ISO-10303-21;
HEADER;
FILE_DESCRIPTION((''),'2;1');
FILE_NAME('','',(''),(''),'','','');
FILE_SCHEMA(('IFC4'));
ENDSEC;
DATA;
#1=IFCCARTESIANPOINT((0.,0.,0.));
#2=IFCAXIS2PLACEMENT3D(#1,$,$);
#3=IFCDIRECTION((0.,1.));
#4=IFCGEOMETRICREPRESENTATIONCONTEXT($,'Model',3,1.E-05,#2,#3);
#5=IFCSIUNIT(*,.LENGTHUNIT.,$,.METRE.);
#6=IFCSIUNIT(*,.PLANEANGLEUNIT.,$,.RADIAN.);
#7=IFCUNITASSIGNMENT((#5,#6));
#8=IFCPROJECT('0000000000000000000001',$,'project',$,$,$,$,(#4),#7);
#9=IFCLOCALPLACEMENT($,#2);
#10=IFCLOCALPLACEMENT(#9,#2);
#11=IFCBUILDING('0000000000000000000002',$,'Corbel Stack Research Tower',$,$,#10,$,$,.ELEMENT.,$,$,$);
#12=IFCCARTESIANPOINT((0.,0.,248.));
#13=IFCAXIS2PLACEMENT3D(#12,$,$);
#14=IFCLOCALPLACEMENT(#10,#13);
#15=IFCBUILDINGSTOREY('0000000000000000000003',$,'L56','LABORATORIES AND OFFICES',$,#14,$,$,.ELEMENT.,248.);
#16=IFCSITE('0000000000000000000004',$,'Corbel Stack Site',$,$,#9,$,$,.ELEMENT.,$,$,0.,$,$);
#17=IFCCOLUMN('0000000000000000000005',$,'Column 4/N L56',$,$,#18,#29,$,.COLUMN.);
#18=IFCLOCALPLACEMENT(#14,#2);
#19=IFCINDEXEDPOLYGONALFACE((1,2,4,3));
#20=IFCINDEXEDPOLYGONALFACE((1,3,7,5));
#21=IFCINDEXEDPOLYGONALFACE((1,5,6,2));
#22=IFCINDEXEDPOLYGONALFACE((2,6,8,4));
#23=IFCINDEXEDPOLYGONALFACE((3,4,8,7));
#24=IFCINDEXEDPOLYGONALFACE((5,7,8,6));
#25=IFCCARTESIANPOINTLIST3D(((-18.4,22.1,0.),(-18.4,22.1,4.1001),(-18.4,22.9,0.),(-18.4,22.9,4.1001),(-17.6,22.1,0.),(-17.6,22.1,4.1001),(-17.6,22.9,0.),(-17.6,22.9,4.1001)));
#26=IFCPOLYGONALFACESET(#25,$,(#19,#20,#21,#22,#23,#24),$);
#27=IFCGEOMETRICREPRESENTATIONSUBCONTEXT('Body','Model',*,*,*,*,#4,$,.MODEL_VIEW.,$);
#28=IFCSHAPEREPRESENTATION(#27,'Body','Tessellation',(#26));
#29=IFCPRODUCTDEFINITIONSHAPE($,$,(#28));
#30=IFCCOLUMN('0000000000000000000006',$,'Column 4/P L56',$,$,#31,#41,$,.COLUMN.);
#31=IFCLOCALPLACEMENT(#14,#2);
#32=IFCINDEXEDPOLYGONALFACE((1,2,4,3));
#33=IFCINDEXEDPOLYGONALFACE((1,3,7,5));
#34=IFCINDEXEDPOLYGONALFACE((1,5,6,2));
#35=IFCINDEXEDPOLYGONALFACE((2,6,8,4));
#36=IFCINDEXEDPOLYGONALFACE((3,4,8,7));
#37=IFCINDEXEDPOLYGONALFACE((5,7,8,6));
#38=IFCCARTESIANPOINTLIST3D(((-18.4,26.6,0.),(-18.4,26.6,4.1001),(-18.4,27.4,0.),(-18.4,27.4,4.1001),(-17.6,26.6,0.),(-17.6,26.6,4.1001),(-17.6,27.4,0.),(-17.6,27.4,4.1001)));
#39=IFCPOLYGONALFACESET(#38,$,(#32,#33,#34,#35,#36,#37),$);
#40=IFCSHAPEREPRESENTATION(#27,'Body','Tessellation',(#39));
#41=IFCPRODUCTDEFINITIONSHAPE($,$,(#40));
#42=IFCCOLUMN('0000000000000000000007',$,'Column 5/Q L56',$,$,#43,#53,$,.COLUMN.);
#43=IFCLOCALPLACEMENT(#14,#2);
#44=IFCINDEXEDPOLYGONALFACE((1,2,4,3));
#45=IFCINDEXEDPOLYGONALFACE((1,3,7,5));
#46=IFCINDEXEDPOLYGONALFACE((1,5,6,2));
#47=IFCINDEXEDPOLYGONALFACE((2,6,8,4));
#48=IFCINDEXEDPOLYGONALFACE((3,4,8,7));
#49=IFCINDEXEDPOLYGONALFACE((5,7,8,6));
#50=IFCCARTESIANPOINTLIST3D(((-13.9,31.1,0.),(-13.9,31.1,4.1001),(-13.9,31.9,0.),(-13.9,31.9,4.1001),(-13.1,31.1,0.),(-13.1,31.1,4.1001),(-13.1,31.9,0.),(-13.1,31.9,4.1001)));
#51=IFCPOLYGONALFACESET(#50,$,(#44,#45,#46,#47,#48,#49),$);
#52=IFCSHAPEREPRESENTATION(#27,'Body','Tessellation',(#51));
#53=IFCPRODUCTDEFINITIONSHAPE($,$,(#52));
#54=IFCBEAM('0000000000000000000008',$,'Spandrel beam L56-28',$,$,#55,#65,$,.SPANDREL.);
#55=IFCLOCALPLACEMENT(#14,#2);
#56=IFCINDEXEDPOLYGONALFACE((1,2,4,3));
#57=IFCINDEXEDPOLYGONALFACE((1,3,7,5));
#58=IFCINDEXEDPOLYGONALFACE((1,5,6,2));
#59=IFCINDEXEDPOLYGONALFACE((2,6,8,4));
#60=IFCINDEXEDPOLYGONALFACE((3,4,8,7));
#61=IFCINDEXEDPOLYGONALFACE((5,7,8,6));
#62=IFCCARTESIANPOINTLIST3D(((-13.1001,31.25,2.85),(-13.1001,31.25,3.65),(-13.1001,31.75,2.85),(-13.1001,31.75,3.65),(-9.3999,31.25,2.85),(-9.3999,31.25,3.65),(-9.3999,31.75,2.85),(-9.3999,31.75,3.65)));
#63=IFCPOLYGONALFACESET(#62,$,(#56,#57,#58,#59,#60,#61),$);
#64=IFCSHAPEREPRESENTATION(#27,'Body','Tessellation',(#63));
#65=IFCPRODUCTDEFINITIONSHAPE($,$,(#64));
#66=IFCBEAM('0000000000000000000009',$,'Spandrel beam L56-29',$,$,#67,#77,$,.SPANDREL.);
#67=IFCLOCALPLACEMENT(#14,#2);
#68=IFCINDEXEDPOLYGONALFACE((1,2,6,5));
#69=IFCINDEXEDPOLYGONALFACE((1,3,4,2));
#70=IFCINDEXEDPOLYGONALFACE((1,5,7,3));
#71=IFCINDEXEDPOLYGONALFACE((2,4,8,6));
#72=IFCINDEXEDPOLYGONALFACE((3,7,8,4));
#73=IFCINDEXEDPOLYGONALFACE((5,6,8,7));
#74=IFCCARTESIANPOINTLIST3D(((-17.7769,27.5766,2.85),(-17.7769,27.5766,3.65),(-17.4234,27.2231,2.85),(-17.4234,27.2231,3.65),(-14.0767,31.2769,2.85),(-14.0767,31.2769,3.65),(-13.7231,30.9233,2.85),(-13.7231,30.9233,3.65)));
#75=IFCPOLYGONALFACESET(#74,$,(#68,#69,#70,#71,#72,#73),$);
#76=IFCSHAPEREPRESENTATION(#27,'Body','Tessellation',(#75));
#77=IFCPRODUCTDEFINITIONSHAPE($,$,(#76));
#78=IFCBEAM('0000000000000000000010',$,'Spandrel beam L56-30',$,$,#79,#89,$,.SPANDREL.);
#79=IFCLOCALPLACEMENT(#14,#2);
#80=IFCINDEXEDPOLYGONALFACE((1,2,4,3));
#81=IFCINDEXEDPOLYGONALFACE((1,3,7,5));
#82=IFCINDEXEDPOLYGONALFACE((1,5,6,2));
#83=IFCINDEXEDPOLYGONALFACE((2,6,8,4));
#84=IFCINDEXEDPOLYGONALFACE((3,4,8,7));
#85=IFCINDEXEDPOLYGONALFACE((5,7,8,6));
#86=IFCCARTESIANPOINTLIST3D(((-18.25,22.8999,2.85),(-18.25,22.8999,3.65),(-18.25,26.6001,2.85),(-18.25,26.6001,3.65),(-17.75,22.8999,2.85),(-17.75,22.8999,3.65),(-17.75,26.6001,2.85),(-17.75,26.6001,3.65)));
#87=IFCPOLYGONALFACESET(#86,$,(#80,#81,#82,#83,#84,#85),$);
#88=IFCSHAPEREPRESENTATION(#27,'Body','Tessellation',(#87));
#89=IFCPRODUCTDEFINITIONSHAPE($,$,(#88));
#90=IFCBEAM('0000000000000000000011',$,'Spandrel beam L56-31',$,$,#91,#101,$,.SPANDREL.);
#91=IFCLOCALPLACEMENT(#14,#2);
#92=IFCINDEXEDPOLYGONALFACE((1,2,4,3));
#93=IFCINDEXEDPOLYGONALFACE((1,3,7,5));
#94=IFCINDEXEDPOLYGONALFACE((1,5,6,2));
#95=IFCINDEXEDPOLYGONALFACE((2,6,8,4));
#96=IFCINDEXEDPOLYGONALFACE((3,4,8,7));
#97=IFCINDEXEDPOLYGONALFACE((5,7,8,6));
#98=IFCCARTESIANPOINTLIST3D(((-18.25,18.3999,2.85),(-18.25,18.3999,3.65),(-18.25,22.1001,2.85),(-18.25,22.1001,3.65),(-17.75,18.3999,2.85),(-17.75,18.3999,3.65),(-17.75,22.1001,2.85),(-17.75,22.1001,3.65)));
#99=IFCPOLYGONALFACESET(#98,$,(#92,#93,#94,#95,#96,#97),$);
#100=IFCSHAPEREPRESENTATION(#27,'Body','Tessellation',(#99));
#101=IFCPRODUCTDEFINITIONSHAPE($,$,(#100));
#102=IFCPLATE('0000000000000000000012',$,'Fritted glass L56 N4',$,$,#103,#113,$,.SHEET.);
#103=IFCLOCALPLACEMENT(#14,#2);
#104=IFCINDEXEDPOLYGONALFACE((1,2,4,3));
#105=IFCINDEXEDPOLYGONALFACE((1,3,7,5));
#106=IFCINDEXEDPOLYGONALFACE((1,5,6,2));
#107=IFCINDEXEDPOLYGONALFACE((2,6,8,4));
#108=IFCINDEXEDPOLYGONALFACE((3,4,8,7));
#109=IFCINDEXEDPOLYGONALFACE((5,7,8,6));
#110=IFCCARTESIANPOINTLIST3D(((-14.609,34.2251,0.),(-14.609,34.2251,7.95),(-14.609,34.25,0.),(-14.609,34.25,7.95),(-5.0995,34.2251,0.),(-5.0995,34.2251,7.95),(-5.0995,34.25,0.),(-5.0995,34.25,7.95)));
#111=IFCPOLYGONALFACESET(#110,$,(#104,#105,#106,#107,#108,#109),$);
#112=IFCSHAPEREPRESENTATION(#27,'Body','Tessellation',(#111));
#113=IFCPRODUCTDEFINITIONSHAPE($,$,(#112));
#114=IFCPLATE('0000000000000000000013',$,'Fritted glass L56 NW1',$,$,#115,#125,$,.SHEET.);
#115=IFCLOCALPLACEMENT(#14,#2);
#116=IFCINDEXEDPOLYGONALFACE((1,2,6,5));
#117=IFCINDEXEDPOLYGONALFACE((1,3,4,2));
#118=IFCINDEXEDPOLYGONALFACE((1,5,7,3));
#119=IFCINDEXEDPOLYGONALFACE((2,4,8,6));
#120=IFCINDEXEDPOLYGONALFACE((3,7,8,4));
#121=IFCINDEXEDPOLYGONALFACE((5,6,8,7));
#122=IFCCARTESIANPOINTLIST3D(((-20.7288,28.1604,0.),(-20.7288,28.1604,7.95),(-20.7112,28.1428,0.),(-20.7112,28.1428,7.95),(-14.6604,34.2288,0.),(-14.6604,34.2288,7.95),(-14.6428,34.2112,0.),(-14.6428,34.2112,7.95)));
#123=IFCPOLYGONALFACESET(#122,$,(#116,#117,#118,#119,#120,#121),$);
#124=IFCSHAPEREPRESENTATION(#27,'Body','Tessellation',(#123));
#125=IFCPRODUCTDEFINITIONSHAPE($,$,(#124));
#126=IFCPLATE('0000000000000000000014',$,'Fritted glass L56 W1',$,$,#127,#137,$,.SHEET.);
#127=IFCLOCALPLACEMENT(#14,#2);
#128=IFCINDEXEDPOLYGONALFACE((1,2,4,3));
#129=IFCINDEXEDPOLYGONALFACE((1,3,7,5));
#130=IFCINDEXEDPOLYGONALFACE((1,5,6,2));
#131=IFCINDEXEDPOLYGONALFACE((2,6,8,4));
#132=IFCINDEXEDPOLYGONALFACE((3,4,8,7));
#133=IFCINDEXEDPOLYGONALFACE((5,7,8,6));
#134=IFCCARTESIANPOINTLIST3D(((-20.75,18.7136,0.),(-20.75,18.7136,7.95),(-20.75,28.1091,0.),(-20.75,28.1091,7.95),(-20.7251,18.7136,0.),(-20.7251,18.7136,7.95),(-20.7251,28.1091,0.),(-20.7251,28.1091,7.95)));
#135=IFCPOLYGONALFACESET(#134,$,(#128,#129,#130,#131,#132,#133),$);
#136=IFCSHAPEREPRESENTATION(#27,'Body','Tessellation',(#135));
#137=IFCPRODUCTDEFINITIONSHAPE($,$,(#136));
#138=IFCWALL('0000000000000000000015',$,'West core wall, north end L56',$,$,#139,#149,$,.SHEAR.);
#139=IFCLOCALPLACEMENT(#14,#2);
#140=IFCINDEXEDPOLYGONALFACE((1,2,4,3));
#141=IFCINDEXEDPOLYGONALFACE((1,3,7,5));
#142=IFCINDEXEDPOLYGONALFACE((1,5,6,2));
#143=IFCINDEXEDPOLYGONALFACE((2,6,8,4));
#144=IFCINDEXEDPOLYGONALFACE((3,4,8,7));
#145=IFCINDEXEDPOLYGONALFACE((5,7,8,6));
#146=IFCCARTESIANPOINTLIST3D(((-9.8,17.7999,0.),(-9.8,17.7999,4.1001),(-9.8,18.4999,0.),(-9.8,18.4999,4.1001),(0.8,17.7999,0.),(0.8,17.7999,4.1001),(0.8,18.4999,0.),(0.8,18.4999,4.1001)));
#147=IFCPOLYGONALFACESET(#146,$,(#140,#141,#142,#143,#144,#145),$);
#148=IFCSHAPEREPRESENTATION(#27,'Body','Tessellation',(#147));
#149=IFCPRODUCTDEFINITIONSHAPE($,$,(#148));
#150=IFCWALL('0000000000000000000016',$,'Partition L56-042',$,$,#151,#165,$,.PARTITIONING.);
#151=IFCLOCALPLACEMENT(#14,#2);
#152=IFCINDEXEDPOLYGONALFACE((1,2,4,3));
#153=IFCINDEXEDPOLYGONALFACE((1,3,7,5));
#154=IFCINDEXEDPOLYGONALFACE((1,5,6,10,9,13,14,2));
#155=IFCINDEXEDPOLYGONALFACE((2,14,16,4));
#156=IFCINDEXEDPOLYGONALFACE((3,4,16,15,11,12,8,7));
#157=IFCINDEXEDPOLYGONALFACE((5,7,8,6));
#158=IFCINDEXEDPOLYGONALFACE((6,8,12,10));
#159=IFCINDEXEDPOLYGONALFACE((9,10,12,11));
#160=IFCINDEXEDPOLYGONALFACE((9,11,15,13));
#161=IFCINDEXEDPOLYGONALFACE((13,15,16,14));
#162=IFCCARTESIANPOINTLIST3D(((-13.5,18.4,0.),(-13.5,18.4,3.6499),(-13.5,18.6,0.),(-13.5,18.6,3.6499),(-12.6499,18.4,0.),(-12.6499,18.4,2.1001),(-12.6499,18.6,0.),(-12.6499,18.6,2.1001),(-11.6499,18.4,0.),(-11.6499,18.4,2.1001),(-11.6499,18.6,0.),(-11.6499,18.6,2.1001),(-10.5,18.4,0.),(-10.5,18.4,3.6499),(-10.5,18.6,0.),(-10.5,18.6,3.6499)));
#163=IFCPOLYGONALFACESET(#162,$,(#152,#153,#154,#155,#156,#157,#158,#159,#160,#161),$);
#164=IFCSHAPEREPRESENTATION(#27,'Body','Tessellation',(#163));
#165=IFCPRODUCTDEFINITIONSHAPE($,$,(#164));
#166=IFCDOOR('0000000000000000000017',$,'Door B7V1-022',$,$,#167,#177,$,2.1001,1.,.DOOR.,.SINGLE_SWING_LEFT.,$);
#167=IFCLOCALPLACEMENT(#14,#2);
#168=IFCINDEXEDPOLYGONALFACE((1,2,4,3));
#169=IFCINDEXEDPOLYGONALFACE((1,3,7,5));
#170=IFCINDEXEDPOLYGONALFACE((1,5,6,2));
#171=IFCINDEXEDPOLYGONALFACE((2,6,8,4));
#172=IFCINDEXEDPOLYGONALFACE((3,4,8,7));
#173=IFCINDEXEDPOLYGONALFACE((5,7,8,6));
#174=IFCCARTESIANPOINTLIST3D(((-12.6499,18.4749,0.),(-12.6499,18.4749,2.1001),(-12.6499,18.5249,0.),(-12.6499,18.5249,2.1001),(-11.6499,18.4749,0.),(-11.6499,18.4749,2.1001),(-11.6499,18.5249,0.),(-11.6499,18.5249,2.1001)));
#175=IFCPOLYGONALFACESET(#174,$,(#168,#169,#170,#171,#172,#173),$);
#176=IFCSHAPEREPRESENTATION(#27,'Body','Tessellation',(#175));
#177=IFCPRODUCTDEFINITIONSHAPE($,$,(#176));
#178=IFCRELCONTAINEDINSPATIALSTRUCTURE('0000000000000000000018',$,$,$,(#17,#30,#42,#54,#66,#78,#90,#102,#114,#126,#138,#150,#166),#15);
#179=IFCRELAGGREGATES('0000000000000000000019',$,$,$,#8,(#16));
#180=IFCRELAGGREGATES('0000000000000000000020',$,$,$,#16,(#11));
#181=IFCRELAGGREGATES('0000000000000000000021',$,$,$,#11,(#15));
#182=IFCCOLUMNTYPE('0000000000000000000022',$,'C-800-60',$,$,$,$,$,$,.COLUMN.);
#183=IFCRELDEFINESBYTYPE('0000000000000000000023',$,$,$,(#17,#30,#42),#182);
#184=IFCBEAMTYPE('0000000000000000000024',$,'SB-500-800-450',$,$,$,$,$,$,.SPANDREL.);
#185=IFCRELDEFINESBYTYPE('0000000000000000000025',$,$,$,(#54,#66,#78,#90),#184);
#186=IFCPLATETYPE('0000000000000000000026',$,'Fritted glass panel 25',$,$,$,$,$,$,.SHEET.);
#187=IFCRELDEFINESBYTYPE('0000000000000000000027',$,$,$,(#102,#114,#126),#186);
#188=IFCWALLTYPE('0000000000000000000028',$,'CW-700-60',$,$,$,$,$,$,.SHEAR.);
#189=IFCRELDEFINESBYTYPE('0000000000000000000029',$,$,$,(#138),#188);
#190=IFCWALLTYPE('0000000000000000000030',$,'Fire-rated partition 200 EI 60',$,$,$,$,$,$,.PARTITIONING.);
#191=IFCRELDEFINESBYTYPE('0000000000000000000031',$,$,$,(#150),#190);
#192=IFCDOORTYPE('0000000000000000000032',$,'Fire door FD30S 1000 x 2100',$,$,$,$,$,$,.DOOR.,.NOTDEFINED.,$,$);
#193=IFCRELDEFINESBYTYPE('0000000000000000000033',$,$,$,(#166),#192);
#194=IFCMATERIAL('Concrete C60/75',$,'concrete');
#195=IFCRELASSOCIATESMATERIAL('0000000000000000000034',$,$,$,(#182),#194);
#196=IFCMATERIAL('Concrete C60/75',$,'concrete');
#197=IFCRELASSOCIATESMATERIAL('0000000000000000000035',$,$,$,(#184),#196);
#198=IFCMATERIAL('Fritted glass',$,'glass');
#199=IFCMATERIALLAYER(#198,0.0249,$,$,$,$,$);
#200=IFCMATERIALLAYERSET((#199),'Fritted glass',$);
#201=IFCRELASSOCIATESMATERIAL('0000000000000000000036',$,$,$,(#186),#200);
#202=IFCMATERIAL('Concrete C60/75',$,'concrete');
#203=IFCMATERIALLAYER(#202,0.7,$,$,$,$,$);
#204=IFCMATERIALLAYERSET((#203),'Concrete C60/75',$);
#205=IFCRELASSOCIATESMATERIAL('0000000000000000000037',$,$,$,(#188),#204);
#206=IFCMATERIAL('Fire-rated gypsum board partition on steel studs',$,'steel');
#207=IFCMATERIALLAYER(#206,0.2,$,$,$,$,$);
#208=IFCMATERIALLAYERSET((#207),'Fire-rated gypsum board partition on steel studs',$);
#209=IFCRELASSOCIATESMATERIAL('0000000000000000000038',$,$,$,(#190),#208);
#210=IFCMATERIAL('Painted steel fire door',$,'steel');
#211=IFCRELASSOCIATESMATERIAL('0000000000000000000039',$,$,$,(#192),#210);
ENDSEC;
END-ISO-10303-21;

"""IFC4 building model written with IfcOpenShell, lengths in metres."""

from ifc_helpers import new_model, si_unit, direction, frame, frame_2d, origin, origin_2d, place, context, subcontext, project, spatial, rectangle, extrude, material, layer, layer_set, material_profile, profile_set, type_object, element, fill, save


model = new_model("IFC4")

# Units and contexts
model_context = context("Model", 3, precision=1e-05, world=origin(), true_north=direction((0.0, 1.0)))
body_context = subcontext(model_context, "Body", "Model", "MODEL_VIEW")
ifc_project = project(units=[si_unit("LENGTHUNIT", "METRE"), si_unit("PLANEANGLEUNIT", "RADIAN")], contexts=[model_context])

# Site, building, storey
site_placement = place(None, origin())
site = spatial("IfcSite", under=ifc_project, at=site_placement, Name="Corbel Stack Site", CompositionType="ELEMENT", RefElevation=0.0)
building_placement = place(site_placement, origin())
building = spatial("IfcBuilding", under=site, at=building_placement, Name="Corbel Stack Research Tower", CompositionType="ELEMENT")
storey_placement = place(building_placement, frame((0.0, 0.0, 248.0)))
storey = spatial("IfcBuildingStorey", under=building, at=storey_placement, Name="L56", Description="LABORATORIES AND OFFICES", CompositionType="ELEMENT", Elevation=248.0)

# Columns
ifc_material_1 = material(Name="Concrete C60/75", Category="concrete")
ifc_material_profile_1 = material_profile(ifc_material_1, rectangle(XDim=0.8, YDim=0.8, at=origin_2d()), Name="RC 800 x 800")
ifc_profile_set_1 = profile_set([ifc_material_profile_1], Name="Concrete C60/75")
column_type = type_object("IfcColumnType", Name="C-800-60", PredefinedType="COLUMN", material=ifc_profile_set_1)
for number, where, z_axis, x_axis, name in (
    (1, (-18.0, 22.5, 0.0), (0.0, 0.0, 1.0), (1.0, 0.0, 0.0), "Column 4/N L56"),
    (2, (-18.0, 27.0, 0.0), (0.0, 0.0, 1.0), (1.0, 0.0, 0.0), "Column 4/P L56"),
    (3, (-13.5, 31.5, 0.0), (0.0, 0.0, 1.0), (1.0, 0.0, 0.0), "Column 5/Q L56"),
):
    element("IfcColumn", number, at=place(storey_placement, frame(where, z_axis=z_axis, x_axis=x_axis)), inside=storey, type_object=column_type, Name=name, PredefinedType="COLUMN", context=body_context, shape_type="SweptSolid", body=[
        extrude(rectangle(XDim=0.8, YDim=0.8, at=origin_2d()), origin(), (0.0, 0.0, 1.0), 4.1001),
    ])

# Beams
ifc_material_2 = material(Name="Concrete C60/75", Category="concrete")
ifc_material_profile_2 = material_profile(ifc_material_2, rectangle(XDim=0.5, YDim=0.8, at=origin_2d()), Name="RC 500 x 800")
ifc_profile_set_2 = profile_set([ifc_material_profile_2], Name="Concrete C60/75")
beam_type = type_object("IfcBeamType", Name="SB-500-800-450", PredefinedType="SPANDREL", material=ifc_profile_set_2)
beam_1_placement = place(storey_placement, frame((-9.3999, 31.5, 3.25), z_axis=(-1.0, 0.0, 0.0), x_axis=(0.0, -1.0, 0.0)))
element("IfcBeam", 4, at=beam_1_placement, inside=storey, type_object=beam_type, Name="Spandrel beam L56-28", PredefinedType="SPANDREL", context=body_context, shape_type="SweptSolid", body=[
    extrude(rectangle(XDim=0.5, YDim=0.8, at=origin_2d()), origin(), (0.0, 0.0, 1.0), 3.7002),
])
beam_2_placement = place(storey_placement, frame((-13.8999, 31.1001, 3.25), z_axis=(-0.707107, -0.707107, 0.0), x_axis=(0.707107, -0.707107, 0.0)))
element("IfcBeam", 5, at=beam_2_placement, inside=storey, type_object=beam_type, Name="Spandrel beam L56-29", PredefinedType="SPANDREL", context=body_context, shape_type="SweptSolid", body=[
    extrude(rectangle(XDim=0.5, YDim=0.8, at=origin_2d()), origin(), (0.0, 0.0, 1.0), 5.2329),
])
for number, where, z_axis, x_axis, name in (
    (6, (-18.0, 26.6001, 3.25), (0.0, -1.0, 0.0), (1.0, 0.0, 0.0), "Spandrel beam L56-30"),
    (7, (-18.0, 22.1001, 3.25), (0.0, -1.0, 0.0), (1.0, 0.0, 0.0), "Spandrel beam L56-31"),
):
    element("IfcBeam", number, at=place(storey_placement, frame(where, z_axis=z_axis, x_axis=x_axis)), inside=storey, type_object=beam_type, Name=name, PredefinedType="SPANDREL", context=body_context, shape_type="SweptSolid", body=[
        extrude(rectangle(XDim=0.5, YDim=0.8, at=origin_2d()), origin(), (0.0, 0.0, 1.0), 3.7002),
    ])

# Plates
ifc_material_3 = material(Name="Fritted glass", Category="glass")
ifc_layer_1 = layer(ifc_material_3, 0.0249)
ifc_layer_set_1 = layer_set([ifc_layer_1], Name="Fritted glass")
plate_type = type_object("IfcPlateType", Name="Fritted glass panel 25", PredefinedType="SHEET", material=ifc_layer_set_1)
plate_1_placement = place(storey_placement, frame((-9.8542, 34.2375, 0.0), z_axis=(0.0, 0.0, 1.0), x_axis=(-1.0, 0.0, 0.0)))
element("IfcPlate", 8, at=plate_1_placement, inside=storey, type_object=plate_type, Name="Fritted glass L56 N4", PredefinedType="SHEET", context=body_context, shape_type="SweptSolid", body=[
    extrude(rectangle(XDim=9.5095, YDim=0.0249, at=origin_2d()), origin(), (0.0, 0.0, 1.0), 7.95),
])
plate_2_placement = place(storey_placement, frame((-17.6858, 31.1858, 0.0), z_axis=(0.0, 0.0, 1.0), x_axis=(-0.707107, -0.707107, 0.0)))
element("IfcPlate", 9, at=plate_2_placement, inside=storey, type_object=plate_type, Name="Fritted glass L56 NW1", PredefinedType="SHEET", context=body_context, shape_type="SweptSolid", body=[
    extrude(rectangle(XDim=8.582, YDim=0.0249, at=origin_2d()), origin(), (0.0, 0.0, 1.0), 7.95),
])
plate_3_placement = place(storey_placement, frame((-20.7375, 23.4114, 0.0), z_axis=(0.0, 0.0, 1.0), x_axis=(0.0, -1.0, 0.0)))
element("IfcPlate", 10, at=plate_3_placement, inside=storey, type_object=plate_type, Name="Fritted glass L56 W1", PredefinedType="SHEET", context=body_context, shape_type="SweptSolid", body=[
    extrude(rectangle(XDim=9.3955, YDim=0.0249, at=origin_2d()), origin(), (0.0, 0.0, 1.0), 7.95),
])

# Wall
ifc_material_4 = material(Name="Concrete C60/75", Category="concrete")
ifc_layer_2 = layer(ifc_material_4, 0.7)
ifc_layer_set_2 = layer_set([ifc_layer_2], Name="Concrete C60/75")
wall_type_1 = type_object("IfcWallType", Name="CW-700-60", PredefinedType="SHEAR", material=ifc_layer_set_2)
wall_1_placement = place(storey_placement, frame((-9.8, 18.1499, 0.0), z_axis=(0.0, 0.0, 1.0), x_axis=(1.0, 0.0, 0.0)))
element("IfcWall", 11, at=wall_1_placement, inside=storey, type_object=wall_type_1, Name="West core wall, north end L56", PredefinedType="SHEAR", context=body_context, shape_type="SweptSolid", body=[
    extrude(rectangle(XDim=10.6001, YDim=0.7, at=frame_2d((5.3, 0.0))), origin(), (0.0, 0.0, 1.0), 4.1001),
])

# Wall, opening, door
ifc_material_5 = material(Name="Fire-rated gypsum board partition on steel studs", Category="steel")
ifc_layer_3 = layer(ifc_material_5, 0.2)
ifc_layer_set_3 = layer_set([ifc_layer_3], Name="Fire-rated gypsum board partition on steel studs")
wall_type_2 = type_object("IfcWallType", Name="Fire-rated partition 200 EI 60", PredefinedType="PARTITIONING", material=ifc_layer_set_3)
wall_2_placement = place(storey_placement, frame((-13.5, 18.5, 0.0), z_axis=(0.0, 0.0, 1.0), x_axis=(1.0, 0.0, 0.0)))
wall_2 = element("IfcWall", 12, at=wall_2_placement, inside=storey, type_object=wall_type_2, Name="Partition L56-042", PredefinedType="PARTITIONING", context=body_context, shape_type="SweptSolid", body=[
    extrude(rectangle(XDim=3.0, YDim=0.2, at=frame_2d((1.5, 0.0))), origin(), (0.0, 0.0, 1.0), 3.6499),
])
opening_1_placement = place(wall_2_placement, frame((0.8501, 0.0, 0.0)))
opening_1 = element("IfcOpeningElement", 13, at=opening_1_placement, cuts=wall_2, PredefinedType="OPENING", context=body_context, shape_type="SweptSolid", body=[
    extrude(rectangle(XDim=1.0, YDim=2.1001, at=frame_2d((0.5, 1.05))), frame((0.0, 0.1099, 0.0), z_axis=(0.0, -1.0, 0.0), x_axis=(1.0, 0.0, 0.0)), (0.0, 0.0, 1.0), 0.22),
])
ifc_material_6 = material(Name="Painted steel fire door", Category="steel")
door_type_1 = type_object("IfcDoorType", Name="Fire door FD30S 1000 x 2100", OperationType="NOTDEFINED", PredefinedType="DOOR", material=ifc_material_6)
door_1_placement = place(opening_1_placement, origin())
door_1 = element("IfcDoor", 14, at=door_1_placement, inside=storey, type_object=door_type_1, Name="Door B7V1-022", OperationType="SINGLE_SWING_LEFT", OverallHeight=2.1001, OverallWidth=1.0, PredefinedType="DOOR", context=body_context, shape_type="SweptSolid", body=[
    extrude(rectangle(XDim=1.0, YDim=2.1001, at=frame_2d((0.5, 1.05))), frame((0.0, 0.0249, 0.0), z_axis=(0.0, -1.0, 0.0), x_axis=(1.0, 0.0, 0.0)), (0.0, 0.0, 1.0), 0.05),
])
fill(opening_1, door_1)

save(model, "model.ifc")
